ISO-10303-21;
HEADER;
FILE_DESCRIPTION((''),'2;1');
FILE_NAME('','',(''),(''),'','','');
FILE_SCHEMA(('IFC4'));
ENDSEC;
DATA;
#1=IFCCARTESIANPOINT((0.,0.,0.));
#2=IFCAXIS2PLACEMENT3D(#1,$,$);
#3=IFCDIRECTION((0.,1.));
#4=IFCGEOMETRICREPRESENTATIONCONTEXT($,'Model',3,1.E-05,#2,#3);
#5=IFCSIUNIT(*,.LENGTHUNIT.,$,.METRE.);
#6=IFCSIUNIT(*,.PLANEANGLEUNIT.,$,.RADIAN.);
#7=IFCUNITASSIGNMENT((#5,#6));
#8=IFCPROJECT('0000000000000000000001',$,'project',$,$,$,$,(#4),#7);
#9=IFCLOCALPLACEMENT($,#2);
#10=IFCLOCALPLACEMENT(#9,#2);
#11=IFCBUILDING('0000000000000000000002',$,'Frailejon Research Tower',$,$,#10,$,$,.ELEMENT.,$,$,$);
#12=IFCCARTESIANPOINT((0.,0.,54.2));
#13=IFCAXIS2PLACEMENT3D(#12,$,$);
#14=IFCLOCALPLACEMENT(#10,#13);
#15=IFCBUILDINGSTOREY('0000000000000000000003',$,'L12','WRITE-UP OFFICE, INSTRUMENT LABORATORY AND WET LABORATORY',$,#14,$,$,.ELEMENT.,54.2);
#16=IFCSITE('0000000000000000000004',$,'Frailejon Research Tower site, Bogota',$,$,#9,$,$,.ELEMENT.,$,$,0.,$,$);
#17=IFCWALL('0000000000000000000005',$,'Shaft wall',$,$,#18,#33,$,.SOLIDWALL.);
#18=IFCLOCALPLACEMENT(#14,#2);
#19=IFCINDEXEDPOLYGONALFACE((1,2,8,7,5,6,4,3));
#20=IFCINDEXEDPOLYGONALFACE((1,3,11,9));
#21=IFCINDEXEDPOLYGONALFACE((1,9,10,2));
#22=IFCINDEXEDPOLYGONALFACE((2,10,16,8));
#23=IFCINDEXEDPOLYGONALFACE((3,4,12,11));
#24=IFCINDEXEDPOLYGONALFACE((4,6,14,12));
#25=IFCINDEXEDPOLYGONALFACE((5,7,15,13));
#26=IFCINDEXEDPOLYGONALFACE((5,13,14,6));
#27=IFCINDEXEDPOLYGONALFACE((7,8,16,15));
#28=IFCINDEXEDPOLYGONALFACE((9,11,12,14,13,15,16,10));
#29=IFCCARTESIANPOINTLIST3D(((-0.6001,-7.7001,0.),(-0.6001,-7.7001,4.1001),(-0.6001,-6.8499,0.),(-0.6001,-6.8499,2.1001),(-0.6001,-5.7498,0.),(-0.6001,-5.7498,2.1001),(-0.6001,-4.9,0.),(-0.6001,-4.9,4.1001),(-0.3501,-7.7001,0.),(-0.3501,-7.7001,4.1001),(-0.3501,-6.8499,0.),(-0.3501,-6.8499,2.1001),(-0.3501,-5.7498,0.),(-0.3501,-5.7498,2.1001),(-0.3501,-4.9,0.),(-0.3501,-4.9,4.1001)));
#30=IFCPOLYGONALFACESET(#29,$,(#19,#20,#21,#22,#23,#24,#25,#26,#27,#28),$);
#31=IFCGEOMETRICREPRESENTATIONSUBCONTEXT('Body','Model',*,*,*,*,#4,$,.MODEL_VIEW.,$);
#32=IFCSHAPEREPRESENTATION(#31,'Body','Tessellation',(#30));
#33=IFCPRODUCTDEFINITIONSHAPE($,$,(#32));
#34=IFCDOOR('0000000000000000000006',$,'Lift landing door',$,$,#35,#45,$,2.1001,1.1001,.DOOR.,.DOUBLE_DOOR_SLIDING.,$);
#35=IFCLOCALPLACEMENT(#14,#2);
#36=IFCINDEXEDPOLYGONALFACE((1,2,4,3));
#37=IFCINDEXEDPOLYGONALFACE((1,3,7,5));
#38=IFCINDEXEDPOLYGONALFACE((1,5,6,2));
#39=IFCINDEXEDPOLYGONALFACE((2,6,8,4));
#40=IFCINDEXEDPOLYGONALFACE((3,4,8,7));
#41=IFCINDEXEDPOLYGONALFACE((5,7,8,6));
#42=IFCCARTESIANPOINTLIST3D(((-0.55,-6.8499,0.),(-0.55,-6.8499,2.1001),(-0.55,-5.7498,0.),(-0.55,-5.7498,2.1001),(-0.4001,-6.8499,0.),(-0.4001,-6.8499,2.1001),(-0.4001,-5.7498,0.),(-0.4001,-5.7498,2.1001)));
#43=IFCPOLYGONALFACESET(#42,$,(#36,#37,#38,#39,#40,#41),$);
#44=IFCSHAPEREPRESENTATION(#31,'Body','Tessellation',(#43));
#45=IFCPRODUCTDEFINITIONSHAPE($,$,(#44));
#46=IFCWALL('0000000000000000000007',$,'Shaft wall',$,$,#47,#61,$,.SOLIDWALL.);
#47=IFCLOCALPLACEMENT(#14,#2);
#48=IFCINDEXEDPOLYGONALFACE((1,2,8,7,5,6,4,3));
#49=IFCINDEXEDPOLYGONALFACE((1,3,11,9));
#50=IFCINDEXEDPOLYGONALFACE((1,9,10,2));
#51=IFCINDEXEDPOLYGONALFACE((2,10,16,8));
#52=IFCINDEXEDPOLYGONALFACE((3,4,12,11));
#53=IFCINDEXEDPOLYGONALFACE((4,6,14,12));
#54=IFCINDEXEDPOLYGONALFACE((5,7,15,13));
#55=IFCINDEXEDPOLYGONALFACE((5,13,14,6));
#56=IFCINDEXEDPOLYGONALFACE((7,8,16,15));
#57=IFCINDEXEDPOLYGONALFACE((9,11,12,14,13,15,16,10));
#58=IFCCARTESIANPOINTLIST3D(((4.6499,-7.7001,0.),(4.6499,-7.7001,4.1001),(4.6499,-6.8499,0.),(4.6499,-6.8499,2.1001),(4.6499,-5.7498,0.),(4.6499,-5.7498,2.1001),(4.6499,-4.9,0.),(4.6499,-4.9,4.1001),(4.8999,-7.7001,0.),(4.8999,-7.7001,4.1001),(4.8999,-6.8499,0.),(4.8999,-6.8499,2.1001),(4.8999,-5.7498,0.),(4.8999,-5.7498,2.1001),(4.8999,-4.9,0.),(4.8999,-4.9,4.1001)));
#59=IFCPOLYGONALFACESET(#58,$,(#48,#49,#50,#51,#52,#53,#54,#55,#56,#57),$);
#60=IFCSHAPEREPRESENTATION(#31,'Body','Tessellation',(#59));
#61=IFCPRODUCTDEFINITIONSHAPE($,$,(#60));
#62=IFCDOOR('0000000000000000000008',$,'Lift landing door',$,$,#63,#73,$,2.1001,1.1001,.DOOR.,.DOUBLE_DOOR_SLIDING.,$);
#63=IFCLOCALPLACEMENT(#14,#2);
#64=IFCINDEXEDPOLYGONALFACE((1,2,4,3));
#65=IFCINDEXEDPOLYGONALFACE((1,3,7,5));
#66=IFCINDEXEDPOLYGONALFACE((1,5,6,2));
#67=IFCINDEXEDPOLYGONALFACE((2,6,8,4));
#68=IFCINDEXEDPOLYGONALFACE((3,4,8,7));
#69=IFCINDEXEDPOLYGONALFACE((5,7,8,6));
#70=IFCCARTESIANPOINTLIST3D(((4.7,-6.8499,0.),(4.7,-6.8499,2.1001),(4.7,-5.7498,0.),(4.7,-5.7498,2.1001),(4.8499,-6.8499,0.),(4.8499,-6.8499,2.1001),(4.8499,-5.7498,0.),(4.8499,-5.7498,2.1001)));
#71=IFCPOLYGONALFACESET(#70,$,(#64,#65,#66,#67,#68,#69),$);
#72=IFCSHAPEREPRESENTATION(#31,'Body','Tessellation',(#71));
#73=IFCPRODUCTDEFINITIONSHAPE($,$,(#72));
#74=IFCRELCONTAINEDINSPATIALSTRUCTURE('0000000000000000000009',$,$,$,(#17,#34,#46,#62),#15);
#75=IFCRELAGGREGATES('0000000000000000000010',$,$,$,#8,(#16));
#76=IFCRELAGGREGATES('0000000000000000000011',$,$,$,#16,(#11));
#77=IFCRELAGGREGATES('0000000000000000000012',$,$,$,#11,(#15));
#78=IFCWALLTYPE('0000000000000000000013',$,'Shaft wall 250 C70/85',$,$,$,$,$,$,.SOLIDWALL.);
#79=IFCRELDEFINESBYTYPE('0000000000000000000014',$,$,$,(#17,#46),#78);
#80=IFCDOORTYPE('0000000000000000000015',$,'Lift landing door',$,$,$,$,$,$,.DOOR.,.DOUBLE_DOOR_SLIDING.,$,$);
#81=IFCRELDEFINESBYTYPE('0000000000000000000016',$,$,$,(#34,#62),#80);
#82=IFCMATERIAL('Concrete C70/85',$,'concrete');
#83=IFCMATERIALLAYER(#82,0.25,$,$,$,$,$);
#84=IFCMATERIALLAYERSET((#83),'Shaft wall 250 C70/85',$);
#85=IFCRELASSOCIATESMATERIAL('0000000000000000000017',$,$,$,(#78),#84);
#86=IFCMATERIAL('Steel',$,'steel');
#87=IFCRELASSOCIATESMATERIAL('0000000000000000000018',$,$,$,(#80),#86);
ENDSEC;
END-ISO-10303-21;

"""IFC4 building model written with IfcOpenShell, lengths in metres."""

from ifc_helpers import new_model, si_unit, direction, frame, frame_2d, origin, place, context, subcontext, project, spatial, rectangle, extrude, material, layer, layer_set, type_object, element, fill, save


model = new_model("IFC4")

# Units and contexts
model_context = context("Model", 3, precision=1e-05, world=origin(), true_north=direction((0.0, 1.0)))
body_context = subcontext(model_context, "Body", "Model", "MODEL_VIEW")
ifc_project = project(units=[si_unit("LENGTHUNIT", "METRE"), si_unit("PLANEANGLEUNIT", "RADIAN")], contexts=[model_context])

# Site, building, storey
site_placement = place(None, origin())
site = spatial("IfcSite", under=ifc_project, at=site_placement, Name="Frailejon Research Tower site, Bogota", CompositionType="ELEMENT", RefElevation=0.0)
building_placement = place(site_placement, origin())
building = spatial("IfcBuilding", under=site, at=building_placement, Name="Frailejon Research Tower", CompositionType="ELEMENT")
storey_placement = place(building_placement, frame((0.0, 0.0, 54.2)))
storey = spatial("IfcBuildingStorey", under=building, at=storey_placement, Name="L12", Description="WRITE-UP OFFICE, INSTRUMENT LABORATORY AND WET LABORATORY", CompositionType="ELEMENT", Elevation=54.2)

# Walls, openings, doors
ifc_material_1 = material(Name="Concrete C70/85", Category="concrete")
ifc_layer_1 = layer(ifc_material_1, 0.25)
ifc_layer_set_1 = layer_set([ifc_layer_1], Name="Shaft wall 250 C70/85")
wall_type_1 = type_object("IfcWallType", Name="Shaft wall 250 C70/85", PredefinedType="SOLIDWALL", material=ifc_layer_set_1)
wall_1_placement = place(storey_placement, frame((-0.4751, -7.7, 0.0), z_axis=(0.0, 0.0, 1.0), x_axis=(0.0, 1.0, 0.0)))
wall_1 = element("IfcWall", 1, at=wall_1_placement, inside=storey, type_object=wall_type_1, Name="Shaft wall", PredefinedType="SOLIDWALL", context=body_context, shape_type="SweptSolid", body=[
    extrude(rectangle(XDim=2.8, YDim=0.25, at=frame_2d((1.3999, 0.0))), origin(), (0.0, 0.0, 1.0), 4.1001),
])
opening_1_placement = place(wall_1_placement, frame((0.8501, 0.0, 0.0)))
opening_1 = element("IfcOpeningElement", 2, at=opening_1_placement, cuts=wall_1, PredefinedType="OPENING", context=body_context, shape_type="SweptSolid", body=[
    extrude(rectangle(XDim=1.1001, YDim=2.1001, at=frame_2d((0.55, 1.05))), frame((0.0, 0.135, 0.0), z_axis=(0.0, -1.0, 0.0), x_axis=(1.0, 0.0, 0.0)), (0.0, 0.0, 1.0), 0.27),
])
ifc_material_2 = material(Name="Steel", Category="steel")
door_type_1 = type_object("IfcDoorType", Name="Lift landing door", OperationType="DOUBLE_DOOR_SLIDING", PredefinedType="DOOR", material=ifc_material_2)
door_1_placement = place(opening_1_placement, origin())
door_1 = element("IfcDoor", 3, at=door_1_placement, inside=storey, type_object=door_type_1, Name="Lift landing door", OperationType="DOUBLE_DOOR_SLIDING", OverallHeight=2.1001, OverallWidth=1.1001, PredefinedType="DOOR", context=body_context, shape_type="SweptSolid", body=[
    extrude(rectangle(XDim=1.1001, YDim=2.1001, at=frame_2d((0.55, 1.05))), frame((0.0, 0.075, 0.0), z_axis=(0.0, -1.0, 0.0), x_axis=(1.0, 0.0, 0.0)), (0.0, 0.0, 1.0), 0.1499),
])
fill(opening_1, door_1)
wall_2_placement = place(storey_placement, frame((4.7749, -7.7, 0.0), z_axis=(0.0, 0.0, 1.0), x_axis=(0.0, 1.0, 0.0)))
wall_2 = element("IfcWall", 4, at=wall_2_placement, inside=storey, type_object=wall_type_1, Name="Shaft wall", PredefinedType="SOLIDWALL", context=body_context, shape_type="SweptSolid", body=[
    extrude(rectangle(XDim=2.8, YDim=0.25, at=frame_2d((1.3999, 0.0))), origin(), (0.0, 0.0, 1.0), 4.1001),
])
opening_2_placement = place(wall_2_placement, frame((0.8501, 0.0, 0.0)))
opening_2 = element("IfcOpeningElement", 5, at=opening_2_placement, cuts=wall_2, PredefinedType="OPENING", context=body_context, shape_type="SweptSolid", body=[
    extrude(rectangle(XDim=1.1001, YDim=2.1001, at=frame_2d((0.55, 1.05))), frame((0.0, 0.135, 0.0), z_axis=(0.0, -1.0, 0.0), x_axis=(1.0, 0.0, 0.0)), (0.0, 0.0, 1.0), 0.27),
])
door_2_placement = place(opening_2_placement, origin())
door_2 = element("IfcDoor", 6, at=door_2_placement, inside=storey, type_object=door_type_1, Name="Lift landing door", OperationType="DOUBLE_DOOR_SLIDING", OverallHeight=2.1001, OverallWidth=1.1001, PredefinedType="DOOR", context=body_context, shape_type="SweptSolid", body=[
    extrude(rectangle(XDim=1.1001, YDim=2.1001, at=frame_2d((0.55, 1.05))), frame((0.0, 0.075, 0.0), z_axis=(0.0, -1.0, 0.0), x_axis=(1.0, 0.0, 0.0)), (0.0, 0.0, 1.0), 0.1499),
])
fill(opening_2, door_2)

save(model, "model.ifc")
